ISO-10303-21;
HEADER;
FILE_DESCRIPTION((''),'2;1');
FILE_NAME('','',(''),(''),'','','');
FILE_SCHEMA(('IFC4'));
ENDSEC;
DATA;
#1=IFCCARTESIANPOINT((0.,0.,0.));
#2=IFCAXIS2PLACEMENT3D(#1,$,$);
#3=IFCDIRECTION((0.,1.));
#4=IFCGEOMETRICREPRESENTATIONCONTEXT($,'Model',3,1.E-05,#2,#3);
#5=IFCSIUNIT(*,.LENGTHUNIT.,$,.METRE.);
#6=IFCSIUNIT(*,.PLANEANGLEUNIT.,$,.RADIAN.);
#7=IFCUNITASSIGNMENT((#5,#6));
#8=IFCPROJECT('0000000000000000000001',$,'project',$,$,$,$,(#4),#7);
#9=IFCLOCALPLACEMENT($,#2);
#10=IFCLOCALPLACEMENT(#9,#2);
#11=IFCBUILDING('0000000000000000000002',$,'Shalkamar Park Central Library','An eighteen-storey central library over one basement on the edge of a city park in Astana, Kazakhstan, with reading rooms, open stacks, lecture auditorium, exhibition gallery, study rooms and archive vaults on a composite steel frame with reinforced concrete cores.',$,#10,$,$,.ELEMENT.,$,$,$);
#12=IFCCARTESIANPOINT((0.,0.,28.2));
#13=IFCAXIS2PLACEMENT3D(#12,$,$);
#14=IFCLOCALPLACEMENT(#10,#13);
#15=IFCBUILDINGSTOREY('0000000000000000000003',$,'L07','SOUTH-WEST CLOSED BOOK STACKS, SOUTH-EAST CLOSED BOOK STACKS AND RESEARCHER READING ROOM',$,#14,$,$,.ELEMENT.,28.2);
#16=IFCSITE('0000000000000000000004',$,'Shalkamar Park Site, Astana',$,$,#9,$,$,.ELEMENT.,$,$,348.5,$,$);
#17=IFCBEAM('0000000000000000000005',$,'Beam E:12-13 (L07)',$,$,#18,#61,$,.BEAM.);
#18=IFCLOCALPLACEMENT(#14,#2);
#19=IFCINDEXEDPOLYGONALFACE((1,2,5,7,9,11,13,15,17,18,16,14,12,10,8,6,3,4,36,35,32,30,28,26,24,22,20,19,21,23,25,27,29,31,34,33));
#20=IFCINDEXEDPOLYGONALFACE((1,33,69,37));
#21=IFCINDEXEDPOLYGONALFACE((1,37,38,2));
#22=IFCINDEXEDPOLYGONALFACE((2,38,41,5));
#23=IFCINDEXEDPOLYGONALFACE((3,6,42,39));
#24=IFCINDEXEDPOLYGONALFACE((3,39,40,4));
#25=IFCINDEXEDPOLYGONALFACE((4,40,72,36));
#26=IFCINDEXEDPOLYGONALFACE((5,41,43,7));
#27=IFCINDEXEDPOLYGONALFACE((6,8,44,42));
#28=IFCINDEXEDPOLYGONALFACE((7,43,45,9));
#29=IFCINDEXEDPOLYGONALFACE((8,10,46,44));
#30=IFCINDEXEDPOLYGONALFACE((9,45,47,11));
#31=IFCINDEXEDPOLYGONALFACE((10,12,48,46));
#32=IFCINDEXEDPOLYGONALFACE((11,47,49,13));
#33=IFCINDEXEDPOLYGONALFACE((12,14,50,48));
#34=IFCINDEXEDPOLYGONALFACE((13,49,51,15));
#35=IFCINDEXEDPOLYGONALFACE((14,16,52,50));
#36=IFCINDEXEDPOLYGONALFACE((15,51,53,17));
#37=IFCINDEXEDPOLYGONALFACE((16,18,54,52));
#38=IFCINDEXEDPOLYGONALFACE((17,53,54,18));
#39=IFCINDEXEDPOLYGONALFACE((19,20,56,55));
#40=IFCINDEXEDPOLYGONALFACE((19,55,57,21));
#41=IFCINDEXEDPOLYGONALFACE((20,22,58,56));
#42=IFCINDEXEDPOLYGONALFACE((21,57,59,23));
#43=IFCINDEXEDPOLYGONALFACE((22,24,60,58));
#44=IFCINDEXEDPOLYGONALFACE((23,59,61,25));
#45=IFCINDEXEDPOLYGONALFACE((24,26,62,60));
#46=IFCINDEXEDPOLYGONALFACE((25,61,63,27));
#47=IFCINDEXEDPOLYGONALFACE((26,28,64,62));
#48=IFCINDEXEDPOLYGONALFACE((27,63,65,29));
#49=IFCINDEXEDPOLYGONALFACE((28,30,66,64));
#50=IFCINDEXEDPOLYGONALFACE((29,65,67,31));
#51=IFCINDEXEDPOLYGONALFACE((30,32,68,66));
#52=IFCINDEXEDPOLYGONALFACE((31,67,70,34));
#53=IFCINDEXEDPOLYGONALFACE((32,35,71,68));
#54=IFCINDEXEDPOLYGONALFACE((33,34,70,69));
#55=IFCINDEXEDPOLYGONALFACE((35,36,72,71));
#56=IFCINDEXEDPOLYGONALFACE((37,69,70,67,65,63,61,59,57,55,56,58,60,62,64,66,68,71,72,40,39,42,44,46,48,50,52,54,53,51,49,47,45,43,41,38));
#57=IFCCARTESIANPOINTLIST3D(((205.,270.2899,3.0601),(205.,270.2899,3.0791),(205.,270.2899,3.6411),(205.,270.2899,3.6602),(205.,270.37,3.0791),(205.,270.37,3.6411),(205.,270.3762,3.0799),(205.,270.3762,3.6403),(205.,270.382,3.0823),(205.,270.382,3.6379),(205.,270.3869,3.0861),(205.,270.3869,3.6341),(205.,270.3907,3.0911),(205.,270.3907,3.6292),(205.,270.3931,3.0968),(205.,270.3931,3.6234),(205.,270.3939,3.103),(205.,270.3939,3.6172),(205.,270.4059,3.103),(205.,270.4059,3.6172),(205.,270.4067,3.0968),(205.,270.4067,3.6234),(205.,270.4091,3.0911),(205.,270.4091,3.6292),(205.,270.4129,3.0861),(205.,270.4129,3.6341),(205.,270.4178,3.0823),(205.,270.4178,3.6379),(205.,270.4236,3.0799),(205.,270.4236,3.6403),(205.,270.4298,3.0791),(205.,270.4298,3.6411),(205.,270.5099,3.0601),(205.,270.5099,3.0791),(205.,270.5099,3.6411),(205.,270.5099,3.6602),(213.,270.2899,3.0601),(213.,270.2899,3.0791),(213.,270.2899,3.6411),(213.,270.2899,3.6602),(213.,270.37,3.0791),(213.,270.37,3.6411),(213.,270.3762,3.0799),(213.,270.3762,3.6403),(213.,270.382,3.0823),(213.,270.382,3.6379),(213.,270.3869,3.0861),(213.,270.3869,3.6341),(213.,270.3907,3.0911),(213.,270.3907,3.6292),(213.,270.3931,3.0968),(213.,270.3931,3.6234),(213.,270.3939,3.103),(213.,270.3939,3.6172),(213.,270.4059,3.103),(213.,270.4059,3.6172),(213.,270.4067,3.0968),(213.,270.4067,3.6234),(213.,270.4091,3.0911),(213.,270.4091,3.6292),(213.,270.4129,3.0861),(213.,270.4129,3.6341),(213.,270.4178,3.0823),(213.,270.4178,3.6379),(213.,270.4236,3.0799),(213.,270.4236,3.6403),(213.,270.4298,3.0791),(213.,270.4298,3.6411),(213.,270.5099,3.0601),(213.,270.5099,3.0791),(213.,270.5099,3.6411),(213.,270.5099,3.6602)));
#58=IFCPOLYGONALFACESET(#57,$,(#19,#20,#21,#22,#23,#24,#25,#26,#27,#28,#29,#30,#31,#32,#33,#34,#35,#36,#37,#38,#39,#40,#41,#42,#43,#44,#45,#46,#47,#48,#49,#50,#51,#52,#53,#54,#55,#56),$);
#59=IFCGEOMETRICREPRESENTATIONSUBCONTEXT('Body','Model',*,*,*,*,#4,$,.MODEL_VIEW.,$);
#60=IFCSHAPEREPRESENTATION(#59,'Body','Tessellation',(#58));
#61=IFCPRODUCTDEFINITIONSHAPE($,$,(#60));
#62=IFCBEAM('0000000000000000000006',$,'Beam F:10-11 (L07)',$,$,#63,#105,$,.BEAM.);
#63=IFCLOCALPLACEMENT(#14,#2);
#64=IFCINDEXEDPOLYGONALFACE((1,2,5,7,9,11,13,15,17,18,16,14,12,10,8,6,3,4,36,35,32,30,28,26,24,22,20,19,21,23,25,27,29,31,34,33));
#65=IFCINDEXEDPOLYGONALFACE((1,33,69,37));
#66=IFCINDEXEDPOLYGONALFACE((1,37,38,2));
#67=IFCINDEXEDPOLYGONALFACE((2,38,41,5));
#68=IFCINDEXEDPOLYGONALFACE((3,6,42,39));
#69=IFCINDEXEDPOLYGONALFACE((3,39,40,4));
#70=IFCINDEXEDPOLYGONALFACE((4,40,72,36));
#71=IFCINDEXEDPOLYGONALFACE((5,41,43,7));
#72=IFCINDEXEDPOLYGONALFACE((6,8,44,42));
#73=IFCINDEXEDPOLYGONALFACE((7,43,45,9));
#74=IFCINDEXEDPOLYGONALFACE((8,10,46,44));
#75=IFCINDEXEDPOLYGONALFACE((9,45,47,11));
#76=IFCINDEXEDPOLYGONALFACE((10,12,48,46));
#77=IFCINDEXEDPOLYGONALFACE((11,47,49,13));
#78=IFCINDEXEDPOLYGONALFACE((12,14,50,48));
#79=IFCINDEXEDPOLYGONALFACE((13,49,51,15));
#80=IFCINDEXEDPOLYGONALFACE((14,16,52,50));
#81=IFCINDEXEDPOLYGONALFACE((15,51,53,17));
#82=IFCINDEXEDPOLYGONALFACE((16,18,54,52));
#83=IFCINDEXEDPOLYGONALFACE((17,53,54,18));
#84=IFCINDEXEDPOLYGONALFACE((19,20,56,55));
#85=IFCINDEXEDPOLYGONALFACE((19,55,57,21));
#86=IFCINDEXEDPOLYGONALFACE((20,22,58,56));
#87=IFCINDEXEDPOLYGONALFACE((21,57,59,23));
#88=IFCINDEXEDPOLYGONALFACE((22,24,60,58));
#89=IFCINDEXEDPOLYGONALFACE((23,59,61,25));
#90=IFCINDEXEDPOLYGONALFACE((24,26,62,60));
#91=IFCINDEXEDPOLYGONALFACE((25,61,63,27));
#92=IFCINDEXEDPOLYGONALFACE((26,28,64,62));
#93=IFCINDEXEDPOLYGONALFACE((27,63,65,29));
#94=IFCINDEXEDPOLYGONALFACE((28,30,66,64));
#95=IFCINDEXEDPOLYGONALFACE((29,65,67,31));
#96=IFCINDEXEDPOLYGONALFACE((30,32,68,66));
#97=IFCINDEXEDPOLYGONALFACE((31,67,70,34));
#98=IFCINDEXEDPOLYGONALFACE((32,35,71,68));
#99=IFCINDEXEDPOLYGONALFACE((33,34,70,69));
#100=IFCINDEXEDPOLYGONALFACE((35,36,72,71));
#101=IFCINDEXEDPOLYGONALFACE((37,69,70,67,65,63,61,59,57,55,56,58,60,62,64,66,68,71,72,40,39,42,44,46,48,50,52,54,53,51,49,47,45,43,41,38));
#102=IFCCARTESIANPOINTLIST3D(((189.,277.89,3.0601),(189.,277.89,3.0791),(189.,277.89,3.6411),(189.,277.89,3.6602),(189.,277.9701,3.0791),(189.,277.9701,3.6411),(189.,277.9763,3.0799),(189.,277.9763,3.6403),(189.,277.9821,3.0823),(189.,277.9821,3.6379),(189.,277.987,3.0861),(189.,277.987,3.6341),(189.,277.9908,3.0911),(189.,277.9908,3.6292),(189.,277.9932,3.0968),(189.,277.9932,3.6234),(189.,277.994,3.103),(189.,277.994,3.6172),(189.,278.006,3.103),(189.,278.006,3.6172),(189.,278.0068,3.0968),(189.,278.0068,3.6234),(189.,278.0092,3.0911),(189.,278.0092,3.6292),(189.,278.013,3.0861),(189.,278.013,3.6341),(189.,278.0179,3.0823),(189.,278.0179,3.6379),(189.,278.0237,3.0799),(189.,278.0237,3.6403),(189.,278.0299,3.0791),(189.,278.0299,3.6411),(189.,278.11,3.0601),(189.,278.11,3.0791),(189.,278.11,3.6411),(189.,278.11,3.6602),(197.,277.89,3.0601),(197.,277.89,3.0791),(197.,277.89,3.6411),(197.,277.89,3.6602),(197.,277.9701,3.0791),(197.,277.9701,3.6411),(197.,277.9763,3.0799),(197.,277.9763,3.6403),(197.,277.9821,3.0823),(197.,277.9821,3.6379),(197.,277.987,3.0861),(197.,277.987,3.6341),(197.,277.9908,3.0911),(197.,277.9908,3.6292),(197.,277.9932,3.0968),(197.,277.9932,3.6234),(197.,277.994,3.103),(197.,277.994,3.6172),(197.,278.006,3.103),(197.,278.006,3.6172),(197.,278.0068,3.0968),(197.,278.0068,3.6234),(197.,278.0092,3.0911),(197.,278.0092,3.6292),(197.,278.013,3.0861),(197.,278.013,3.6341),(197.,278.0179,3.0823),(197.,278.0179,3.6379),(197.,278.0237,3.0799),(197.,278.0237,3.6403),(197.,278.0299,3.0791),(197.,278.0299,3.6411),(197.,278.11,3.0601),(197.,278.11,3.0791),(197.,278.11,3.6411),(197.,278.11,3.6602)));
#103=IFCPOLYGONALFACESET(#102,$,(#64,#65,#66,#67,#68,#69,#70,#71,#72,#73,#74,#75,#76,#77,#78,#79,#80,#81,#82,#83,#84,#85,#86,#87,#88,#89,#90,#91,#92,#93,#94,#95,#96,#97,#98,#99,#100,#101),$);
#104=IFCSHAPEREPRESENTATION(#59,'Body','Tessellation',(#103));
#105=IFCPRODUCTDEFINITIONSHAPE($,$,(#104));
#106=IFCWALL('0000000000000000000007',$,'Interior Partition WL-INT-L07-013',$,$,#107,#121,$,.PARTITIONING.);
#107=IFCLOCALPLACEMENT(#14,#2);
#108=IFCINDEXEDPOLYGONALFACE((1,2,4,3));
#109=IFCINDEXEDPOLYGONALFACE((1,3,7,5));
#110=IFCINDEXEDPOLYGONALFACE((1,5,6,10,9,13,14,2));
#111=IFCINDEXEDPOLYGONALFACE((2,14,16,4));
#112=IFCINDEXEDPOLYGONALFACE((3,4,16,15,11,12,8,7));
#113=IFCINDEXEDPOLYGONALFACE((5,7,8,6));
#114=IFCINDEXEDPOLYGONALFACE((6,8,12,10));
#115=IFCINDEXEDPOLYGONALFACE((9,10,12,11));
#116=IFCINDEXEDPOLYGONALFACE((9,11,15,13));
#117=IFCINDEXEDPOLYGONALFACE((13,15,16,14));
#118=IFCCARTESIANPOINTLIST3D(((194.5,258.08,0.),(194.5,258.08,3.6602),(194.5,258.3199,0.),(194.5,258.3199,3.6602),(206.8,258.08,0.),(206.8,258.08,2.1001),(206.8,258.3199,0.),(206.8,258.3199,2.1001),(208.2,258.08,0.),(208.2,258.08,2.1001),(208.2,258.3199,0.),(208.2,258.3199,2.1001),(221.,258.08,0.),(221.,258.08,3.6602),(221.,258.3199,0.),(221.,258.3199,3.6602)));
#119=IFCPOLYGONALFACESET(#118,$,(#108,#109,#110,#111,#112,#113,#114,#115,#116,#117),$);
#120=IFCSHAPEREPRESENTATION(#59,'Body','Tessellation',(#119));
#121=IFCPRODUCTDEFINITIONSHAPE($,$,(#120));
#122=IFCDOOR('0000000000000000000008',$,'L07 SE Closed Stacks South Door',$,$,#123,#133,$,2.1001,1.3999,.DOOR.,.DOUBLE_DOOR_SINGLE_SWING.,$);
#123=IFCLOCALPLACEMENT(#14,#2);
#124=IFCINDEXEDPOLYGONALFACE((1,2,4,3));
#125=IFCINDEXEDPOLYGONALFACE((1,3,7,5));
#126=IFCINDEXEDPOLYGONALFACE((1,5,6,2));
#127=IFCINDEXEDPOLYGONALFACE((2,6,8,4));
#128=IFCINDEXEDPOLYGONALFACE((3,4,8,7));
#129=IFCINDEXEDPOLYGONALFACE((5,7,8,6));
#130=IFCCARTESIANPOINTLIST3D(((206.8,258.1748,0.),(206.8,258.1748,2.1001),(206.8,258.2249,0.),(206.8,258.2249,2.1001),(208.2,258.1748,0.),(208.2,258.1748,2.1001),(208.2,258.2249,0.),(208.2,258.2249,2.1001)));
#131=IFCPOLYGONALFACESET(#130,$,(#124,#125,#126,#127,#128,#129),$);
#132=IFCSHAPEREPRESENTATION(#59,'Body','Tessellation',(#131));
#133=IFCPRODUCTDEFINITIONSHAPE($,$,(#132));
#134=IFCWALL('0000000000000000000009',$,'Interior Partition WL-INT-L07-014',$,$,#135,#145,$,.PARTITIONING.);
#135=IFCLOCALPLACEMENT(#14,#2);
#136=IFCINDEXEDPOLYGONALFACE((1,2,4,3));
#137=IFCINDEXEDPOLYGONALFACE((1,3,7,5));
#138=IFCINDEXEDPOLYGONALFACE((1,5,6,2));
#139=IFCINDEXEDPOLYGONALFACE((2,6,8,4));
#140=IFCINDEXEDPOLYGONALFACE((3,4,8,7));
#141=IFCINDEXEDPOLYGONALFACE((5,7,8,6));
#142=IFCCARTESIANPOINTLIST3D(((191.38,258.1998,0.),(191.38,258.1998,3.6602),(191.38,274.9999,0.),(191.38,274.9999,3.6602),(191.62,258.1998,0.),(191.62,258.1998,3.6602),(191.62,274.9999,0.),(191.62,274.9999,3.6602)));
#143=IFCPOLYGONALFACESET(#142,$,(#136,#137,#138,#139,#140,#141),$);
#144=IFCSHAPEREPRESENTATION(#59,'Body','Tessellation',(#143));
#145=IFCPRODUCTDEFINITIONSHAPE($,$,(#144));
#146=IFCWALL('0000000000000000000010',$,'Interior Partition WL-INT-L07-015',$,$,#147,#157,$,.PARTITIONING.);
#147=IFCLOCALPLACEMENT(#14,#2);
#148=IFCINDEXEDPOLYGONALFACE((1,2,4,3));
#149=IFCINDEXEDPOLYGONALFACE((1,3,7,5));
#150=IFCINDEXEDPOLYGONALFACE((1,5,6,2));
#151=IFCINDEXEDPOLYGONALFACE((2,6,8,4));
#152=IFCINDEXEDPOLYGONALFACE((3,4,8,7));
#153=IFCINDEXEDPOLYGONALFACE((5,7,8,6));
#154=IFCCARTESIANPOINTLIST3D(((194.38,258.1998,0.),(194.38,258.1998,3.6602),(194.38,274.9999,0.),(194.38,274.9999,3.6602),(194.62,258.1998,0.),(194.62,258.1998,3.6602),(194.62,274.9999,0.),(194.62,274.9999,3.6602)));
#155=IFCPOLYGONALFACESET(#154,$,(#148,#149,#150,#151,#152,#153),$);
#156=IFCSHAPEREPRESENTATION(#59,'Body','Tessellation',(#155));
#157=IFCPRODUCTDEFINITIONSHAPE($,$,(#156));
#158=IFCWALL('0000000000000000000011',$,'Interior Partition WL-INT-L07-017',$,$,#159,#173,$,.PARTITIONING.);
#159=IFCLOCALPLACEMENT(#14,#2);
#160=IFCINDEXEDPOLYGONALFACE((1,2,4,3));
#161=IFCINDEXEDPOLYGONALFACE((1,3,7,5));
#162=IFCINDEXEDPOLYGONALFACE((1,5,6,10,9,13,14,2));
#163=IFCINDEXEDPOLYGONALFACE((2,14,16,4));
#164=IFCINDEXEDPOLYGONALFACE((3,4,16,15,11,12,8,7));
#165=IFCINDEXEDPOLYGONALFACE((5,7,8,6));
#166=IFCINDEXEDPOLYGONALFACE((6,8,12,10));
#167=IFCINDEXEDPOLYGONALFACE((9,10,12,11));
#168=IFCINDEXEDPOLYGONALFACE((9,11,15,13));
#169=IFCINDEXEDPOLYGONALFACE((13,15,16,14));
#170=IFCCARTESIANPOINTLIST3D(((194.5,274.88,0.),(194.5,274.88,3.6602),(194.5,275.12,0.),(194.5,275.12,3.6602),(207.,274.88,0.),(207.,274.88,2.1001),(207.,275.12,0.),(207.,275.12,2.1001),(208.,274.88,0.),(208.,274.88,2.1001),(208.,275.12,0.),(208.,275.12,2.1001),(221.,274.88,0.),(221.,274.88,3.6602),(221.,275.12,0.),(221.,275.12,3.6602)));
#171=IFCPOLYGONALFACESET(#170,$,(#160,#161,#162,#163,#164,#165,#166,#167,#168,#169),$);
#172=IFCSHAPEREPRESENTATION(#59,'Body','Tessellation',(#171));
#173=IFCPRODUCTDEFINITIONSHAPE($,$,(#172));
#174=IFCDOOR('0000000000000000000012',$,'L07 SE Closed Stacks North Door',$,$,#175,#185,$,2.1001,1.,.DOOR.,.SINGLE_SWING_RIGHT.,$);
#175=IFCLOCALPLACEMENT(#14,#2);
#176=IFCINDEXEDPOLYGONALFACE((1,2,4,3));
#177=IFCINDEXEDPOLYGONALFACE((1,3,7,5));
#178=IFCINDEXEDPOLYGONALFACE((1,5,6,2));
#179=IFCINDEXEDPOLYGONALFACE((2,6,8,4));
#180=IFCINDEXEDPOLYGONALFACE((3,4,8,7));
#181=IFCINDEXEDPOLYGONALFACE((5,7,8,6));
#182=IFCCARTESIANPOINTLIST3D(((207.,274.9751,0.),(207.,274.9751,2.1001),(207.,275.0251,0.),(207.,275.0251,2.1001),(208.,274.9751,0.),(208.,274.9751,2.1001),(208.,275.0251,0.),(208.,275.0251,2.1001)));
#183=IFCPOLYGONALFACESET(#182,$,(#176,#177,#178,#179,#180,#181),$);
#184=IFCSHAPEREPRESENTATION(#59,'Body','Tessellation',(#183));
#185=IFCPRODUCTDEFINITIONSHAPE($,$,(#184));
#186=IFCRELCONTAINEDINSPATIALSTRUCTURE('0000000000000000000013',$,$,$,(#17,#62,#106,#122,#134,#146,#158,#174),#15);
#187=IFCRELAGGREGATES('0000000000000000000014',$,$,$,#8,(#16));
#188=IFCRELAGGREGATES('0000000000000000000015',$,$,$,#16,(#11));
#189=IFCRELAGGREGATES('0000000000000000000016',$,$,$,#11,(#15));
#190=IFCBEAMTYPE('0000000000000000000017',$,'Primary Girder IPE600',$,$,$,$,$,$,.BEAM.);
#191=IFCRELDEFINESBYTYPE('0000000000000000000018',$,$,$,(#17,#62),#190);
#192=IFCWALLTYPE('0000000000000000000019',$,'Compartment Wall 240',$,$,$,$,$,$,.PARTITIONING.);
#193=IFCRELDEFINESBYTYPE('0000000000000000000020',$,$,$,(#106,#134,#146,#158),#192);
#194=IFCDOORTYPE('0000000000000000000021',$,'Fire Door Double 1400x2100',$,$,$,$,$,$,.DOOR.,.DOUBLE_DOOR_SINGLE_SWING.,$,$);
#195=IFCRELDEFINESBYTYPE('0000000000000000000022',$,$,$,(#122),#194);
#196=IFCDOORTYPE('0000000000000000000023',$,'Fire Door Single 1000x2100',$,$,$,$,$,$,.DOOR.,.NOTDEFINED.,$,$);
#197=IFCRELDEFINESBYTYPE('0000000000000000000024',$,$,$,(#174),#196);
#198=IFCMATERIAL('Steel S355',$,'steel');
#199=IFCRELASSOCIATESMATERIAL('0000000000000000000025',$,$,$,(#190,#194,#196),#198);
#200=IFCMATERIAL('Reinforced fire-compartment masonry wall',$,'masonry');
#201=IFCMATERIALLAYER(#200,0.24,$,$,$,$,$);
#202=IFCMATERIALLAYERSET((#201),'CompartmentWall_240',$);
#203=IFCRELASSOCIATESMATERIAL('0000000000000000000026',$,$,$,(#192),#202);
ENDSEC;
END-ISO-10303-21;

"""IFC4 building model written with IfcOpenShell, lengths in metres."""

from ifc_helpers import new_model, si_unit, direction, frame, frame_2d, origin, origin_2d, place, context, subcontext, project, spatial, rectangle, i_section, extrude, material, layer, layer_set, material_profile, profile_set, type_object, element, fill, save


model = new_model("IFC4")

# Units and contexts
model_context = context("Model", 3, precision=1e-05, world=origin(), true_north=direction((0.0, 1.0)))
body_context = subcontext(model_context, "Body", "Model", "MODEL_VIEW")
ifc_project = project(units=[si_unit("LENGTHUNIT", "METRE"), si_unit("PLANEANGLEUNIT", "RADIAN")], contexts=[model_context])

# Site, building, storey
site_placement = place(None, origin())
site = spatial("IfcSite", under=ifc_project, at=site_placement, Name="Shalkamar Park Site, Astana", CompositionType="ELEMENT", RefElevation=348.5)
building_placement = place(site_placement, origin())
building = spatial("IfcBuilding", under=site, at=building_placement, Name="Shalkamar Park Central Library", Description="An eighteen-storey central library over one basement on the edge of a city park in Astana, Kazakhstan, with reading rooms, open stacks, lecture auditorium, exhibition gallery, study rooms and archive vaults on a composite steel frame with reinforced concrete cores.", CompositionType="ELEMENT")
storey_placement = place(building_placement, frame((0.0, 0.0, 28.2)))
storey = spatial("IfcBuildingStorey", under=building, at=storey_placement, Name="L07", Description="SOUTH-WEST CLOSED BOOK STACKS, SOUTH-EAST CLOSED BOOK STACKS AND RESEARCHER READING ROOM", CompositionType="ELEMENT", Elevation=28.2)

# Shared definitions
ifc_material_1 = material(Name="Steel S355", Category="steel")

# Beams
ifc_material_profile_1 = material_profile(ifc_material_1, i_section(OverallWidth=0.22, OverallDepth=0.6001, WebThickness=0.012, FlangeThickness=0.019, FilletRadius=0.0239, at=origin_2d()), Name="IPE 600")
ifc_profile_set_1 = profile_set([ifc_material_profile_1], Name="Steel S355")
beam_type_1 = type_object("IfcBeamType", Name="Primary Girder IPE600", PredefinedType="BEAM", material=ifc_profile_set_1)
for number, where, z_axis, x_axis, name in (
    (1, (205.0, 270.3999, 3.3601), (1.0, 0.0, 0.0), (0.0, 1.0, 0.0), "Beam E:12-13 (L07)"),
    (2, (189.0, 278.0, 3.3601), (1.0, 0.0, 0.0), (0.0, 1.0, 0.0), "Beam F:10-11 (L07)"),
):
    element("IfcBeam", number, at=place(storey_placement, frame(where, z_axis=z_axis, x_axis=x_axis)), inside=storey, type_object=beam_type_1, Name=name, PredefinedType="BEAM", context=body_context, shape_type="SweptSolid", body=[
        extrude(i_section(OverallWidth=0.22, OverallDepth=0.6001, WebThickness=0.012, FlangeThickness=0.019, FilletRadius=0.0239, at=origin_2d()), origin(), (0.0, 0.0, 1.0), 8.0),
    ])

# Wall, opening, door
ifc_material_2 = material(Name="Reinforced fire-compartment masonry wall", Category="masonry")
ifc_layer_1 = layer(ifc_material_2, 0.24)
ifc_layer_set_1 = layer_set([ifc_layer_1], Name="CompartmentWall_240")
wall_type_1 = type_object("IfcWallType", Name="Compartment Wall 240", PredefinedType="PARTITIONING", material=ifc_layer_set_1)
wall_1_placement = place(storey_placement, frame((194.5, 258.2, 0.0), z_axis=(0.0, 0.0, 1.0), x_axis=(1.0, 0.0, 0.0)))
wall_1 = element("IfcWall", 3, at=wall_1_placement, inside=storey, type_object=wall_type_1, Name="Interior Partition WL-INT-L07-013", PredefinedType="PARTITIONING", context=body_context, shape_type="SweptSolid", body=[
    extrude(rectangle(XDim=26.5, YDim=0.24, at=frame_2d((13.25, 0.0))), origin(), (0.0, 0.0, 1.0), 3.6602),
])
opening_1_placement = place(wall_1_placement, frame((12.3, 0.0, 0.0)))
opening_1 = element("IfcOpeningElement", 4, at=opening_1_placement, cuts=wall_1, PredefinedType="OPENING", context=body_context, shape_type="SweptSolid", body=[
    extrude(rectangle(XDim=1.3999, YDim=2.1001, at=frame_2d((0.7, 1.05))), frame((0.0, 0.1348, 0.0), z_axis=(0.0, -1.0, 0.0), x_axis=(1.0, 0.0, 0.0)), (0.0, 0.0, 1.0), 0.2698),
])
door_type_1 = type_object("IfcDoorType", Name="Fire Door Double 1400x2100", OperationType="DOUBLE_DOOR_SINGLE_SWING", PredefinedType="DOOR", material=ifc_material_1)
door_1_placement = place(opening_1_placement, origin())
door_1 = element("IfcDoor", 5, at=door_1_placement, inside=storey, type_object=door_type_1, Name="L07 SE Closed Stacks South Door", OperationType="DOUBLE_DOOR_SINGLE_SWING", OverallHeight=2.1001, OverallWidth=1.3999, PredefinedType="DOOR", context=body_context, shape_type="SweptSolid", body=[
    extrude(rectangle(XDim=1.3999, YDim=2.1001, at=frame_2d((0.7, 1.05))), frame((0.0, 0.0249, 0.0), z_axis=(0.0, -1.0, 0.0), x_axis=(1.0, 0.0, 0.0)), (0.0, 0.0, 1.0), 0.05),
])
fill(opening_1, door_1)

# Walls
for number, where, z_axis, x_axis, name in (
    (6, (191.5, 258.2, 0.0), (0.0, 0.0, 1.0), (0.0, 1.0, 0.0), "Interior Partition WL-INT-L07-014"),
    (7, (194.5, 258.2, 0.0), (0.0, 0.0, 1.0), (0.0, 1.0, 0.0), "Interior Partition WL-INT-L07-015"),
):
    element("IfcWall", number, at=place(storey_placement, frame(where, z_axis=z_axis, x_axis=x_axis)), inside=storey, type_object=wall_type_1, Name=name, PredefinedType="PARTITIONING", context=body_context, shape_type="SweptSolid", body=[
        extrude(rectangle(XDim=16.8, YDim=0.24, at=frame_2d((8.3999, 0.0))), origin(), (0.0, 0.0, 1.0), 3.6602),
    ])

# Wall, opening, door
wall_2_placement = place(storey_placement, frame((194.5, 275.0, 0.0), z_axis=(0.0, 0.0, 1.0), x_axis=(1.0, 0.0, 0.0)))
wall_2 = element("IfcWall", 8, at=wall_2_placement, inside=storey, type_object=wall_type_1, Name="Interior Partition WL-INT-L07-017", PredefinedType="PARTITIONING", context=body_context, shape_type="SweptSolid", body=[
    extrude(rectangle(XDim=26.5, YDim=0.24, at=frame_2d((13.25, 0.0))), origin(), (0.0, 0.0, 1.0), 3.6602),
])
opening_2_placement = place(wall_2_placement, frame((12.5, 0.0, 0.0)))
opening_2 = element("IfcOpeningElement", 9, at=opening_2_placement, cuts=wall_2, PredefinedType="OPENING", context=body_context, shape_type="SweptSolid", body=[
    extrude(rectangle(XDim=1.0, YDim=2.1001, at=frame_2d((0.5, 1.05))), frame((0.0, 0.1348, 0.0), z_axis=(0.0, -1.0, 0.0), x_axis=(1.0, 0.0, 0.0)), (0.0, 0.0, 1.0), 0.2698),
])
door_type_2 = type_object("IfcDoorType", Name="Fire Door Single 1000x2100", OperationType="NOTDEFINED", PredefinedType="DOOR", material=ifc_material_1)
door_2_placement = place(opening_2_placement, frame((1.0, 0.0, 0.0), z_axis=(0.0, 0.0, 1.0), x_axis=(-1.0, 0.0, 0.0)))
door_2 = element("IfcDoor", 10, at=door_2_placement, inside=storey, type_object=door_type_2, Name="L07 SE Closed Stacks North Door", OperationType="SINGLE_SWING_RIGHT", OverallHeight=2.1001, OverallWidth=1.0, PredefinedType="DOOR", context=body_context, shape_type="SweptSolid", body=[
    extrude(rectangle(XDim=1.0, YDim=2.1001, at=frame_2d((0.5, 1.05))), frame((0.0, 0.0249, 0.0), z_axis=(0.0, -1.0, 0.0), x_axis=(1.0, 0.0, 0.0)), (0.0, 0.0, 1.0), 0.05),
])
fill(opening_2, door_2)

save(model, "model.ifc")
